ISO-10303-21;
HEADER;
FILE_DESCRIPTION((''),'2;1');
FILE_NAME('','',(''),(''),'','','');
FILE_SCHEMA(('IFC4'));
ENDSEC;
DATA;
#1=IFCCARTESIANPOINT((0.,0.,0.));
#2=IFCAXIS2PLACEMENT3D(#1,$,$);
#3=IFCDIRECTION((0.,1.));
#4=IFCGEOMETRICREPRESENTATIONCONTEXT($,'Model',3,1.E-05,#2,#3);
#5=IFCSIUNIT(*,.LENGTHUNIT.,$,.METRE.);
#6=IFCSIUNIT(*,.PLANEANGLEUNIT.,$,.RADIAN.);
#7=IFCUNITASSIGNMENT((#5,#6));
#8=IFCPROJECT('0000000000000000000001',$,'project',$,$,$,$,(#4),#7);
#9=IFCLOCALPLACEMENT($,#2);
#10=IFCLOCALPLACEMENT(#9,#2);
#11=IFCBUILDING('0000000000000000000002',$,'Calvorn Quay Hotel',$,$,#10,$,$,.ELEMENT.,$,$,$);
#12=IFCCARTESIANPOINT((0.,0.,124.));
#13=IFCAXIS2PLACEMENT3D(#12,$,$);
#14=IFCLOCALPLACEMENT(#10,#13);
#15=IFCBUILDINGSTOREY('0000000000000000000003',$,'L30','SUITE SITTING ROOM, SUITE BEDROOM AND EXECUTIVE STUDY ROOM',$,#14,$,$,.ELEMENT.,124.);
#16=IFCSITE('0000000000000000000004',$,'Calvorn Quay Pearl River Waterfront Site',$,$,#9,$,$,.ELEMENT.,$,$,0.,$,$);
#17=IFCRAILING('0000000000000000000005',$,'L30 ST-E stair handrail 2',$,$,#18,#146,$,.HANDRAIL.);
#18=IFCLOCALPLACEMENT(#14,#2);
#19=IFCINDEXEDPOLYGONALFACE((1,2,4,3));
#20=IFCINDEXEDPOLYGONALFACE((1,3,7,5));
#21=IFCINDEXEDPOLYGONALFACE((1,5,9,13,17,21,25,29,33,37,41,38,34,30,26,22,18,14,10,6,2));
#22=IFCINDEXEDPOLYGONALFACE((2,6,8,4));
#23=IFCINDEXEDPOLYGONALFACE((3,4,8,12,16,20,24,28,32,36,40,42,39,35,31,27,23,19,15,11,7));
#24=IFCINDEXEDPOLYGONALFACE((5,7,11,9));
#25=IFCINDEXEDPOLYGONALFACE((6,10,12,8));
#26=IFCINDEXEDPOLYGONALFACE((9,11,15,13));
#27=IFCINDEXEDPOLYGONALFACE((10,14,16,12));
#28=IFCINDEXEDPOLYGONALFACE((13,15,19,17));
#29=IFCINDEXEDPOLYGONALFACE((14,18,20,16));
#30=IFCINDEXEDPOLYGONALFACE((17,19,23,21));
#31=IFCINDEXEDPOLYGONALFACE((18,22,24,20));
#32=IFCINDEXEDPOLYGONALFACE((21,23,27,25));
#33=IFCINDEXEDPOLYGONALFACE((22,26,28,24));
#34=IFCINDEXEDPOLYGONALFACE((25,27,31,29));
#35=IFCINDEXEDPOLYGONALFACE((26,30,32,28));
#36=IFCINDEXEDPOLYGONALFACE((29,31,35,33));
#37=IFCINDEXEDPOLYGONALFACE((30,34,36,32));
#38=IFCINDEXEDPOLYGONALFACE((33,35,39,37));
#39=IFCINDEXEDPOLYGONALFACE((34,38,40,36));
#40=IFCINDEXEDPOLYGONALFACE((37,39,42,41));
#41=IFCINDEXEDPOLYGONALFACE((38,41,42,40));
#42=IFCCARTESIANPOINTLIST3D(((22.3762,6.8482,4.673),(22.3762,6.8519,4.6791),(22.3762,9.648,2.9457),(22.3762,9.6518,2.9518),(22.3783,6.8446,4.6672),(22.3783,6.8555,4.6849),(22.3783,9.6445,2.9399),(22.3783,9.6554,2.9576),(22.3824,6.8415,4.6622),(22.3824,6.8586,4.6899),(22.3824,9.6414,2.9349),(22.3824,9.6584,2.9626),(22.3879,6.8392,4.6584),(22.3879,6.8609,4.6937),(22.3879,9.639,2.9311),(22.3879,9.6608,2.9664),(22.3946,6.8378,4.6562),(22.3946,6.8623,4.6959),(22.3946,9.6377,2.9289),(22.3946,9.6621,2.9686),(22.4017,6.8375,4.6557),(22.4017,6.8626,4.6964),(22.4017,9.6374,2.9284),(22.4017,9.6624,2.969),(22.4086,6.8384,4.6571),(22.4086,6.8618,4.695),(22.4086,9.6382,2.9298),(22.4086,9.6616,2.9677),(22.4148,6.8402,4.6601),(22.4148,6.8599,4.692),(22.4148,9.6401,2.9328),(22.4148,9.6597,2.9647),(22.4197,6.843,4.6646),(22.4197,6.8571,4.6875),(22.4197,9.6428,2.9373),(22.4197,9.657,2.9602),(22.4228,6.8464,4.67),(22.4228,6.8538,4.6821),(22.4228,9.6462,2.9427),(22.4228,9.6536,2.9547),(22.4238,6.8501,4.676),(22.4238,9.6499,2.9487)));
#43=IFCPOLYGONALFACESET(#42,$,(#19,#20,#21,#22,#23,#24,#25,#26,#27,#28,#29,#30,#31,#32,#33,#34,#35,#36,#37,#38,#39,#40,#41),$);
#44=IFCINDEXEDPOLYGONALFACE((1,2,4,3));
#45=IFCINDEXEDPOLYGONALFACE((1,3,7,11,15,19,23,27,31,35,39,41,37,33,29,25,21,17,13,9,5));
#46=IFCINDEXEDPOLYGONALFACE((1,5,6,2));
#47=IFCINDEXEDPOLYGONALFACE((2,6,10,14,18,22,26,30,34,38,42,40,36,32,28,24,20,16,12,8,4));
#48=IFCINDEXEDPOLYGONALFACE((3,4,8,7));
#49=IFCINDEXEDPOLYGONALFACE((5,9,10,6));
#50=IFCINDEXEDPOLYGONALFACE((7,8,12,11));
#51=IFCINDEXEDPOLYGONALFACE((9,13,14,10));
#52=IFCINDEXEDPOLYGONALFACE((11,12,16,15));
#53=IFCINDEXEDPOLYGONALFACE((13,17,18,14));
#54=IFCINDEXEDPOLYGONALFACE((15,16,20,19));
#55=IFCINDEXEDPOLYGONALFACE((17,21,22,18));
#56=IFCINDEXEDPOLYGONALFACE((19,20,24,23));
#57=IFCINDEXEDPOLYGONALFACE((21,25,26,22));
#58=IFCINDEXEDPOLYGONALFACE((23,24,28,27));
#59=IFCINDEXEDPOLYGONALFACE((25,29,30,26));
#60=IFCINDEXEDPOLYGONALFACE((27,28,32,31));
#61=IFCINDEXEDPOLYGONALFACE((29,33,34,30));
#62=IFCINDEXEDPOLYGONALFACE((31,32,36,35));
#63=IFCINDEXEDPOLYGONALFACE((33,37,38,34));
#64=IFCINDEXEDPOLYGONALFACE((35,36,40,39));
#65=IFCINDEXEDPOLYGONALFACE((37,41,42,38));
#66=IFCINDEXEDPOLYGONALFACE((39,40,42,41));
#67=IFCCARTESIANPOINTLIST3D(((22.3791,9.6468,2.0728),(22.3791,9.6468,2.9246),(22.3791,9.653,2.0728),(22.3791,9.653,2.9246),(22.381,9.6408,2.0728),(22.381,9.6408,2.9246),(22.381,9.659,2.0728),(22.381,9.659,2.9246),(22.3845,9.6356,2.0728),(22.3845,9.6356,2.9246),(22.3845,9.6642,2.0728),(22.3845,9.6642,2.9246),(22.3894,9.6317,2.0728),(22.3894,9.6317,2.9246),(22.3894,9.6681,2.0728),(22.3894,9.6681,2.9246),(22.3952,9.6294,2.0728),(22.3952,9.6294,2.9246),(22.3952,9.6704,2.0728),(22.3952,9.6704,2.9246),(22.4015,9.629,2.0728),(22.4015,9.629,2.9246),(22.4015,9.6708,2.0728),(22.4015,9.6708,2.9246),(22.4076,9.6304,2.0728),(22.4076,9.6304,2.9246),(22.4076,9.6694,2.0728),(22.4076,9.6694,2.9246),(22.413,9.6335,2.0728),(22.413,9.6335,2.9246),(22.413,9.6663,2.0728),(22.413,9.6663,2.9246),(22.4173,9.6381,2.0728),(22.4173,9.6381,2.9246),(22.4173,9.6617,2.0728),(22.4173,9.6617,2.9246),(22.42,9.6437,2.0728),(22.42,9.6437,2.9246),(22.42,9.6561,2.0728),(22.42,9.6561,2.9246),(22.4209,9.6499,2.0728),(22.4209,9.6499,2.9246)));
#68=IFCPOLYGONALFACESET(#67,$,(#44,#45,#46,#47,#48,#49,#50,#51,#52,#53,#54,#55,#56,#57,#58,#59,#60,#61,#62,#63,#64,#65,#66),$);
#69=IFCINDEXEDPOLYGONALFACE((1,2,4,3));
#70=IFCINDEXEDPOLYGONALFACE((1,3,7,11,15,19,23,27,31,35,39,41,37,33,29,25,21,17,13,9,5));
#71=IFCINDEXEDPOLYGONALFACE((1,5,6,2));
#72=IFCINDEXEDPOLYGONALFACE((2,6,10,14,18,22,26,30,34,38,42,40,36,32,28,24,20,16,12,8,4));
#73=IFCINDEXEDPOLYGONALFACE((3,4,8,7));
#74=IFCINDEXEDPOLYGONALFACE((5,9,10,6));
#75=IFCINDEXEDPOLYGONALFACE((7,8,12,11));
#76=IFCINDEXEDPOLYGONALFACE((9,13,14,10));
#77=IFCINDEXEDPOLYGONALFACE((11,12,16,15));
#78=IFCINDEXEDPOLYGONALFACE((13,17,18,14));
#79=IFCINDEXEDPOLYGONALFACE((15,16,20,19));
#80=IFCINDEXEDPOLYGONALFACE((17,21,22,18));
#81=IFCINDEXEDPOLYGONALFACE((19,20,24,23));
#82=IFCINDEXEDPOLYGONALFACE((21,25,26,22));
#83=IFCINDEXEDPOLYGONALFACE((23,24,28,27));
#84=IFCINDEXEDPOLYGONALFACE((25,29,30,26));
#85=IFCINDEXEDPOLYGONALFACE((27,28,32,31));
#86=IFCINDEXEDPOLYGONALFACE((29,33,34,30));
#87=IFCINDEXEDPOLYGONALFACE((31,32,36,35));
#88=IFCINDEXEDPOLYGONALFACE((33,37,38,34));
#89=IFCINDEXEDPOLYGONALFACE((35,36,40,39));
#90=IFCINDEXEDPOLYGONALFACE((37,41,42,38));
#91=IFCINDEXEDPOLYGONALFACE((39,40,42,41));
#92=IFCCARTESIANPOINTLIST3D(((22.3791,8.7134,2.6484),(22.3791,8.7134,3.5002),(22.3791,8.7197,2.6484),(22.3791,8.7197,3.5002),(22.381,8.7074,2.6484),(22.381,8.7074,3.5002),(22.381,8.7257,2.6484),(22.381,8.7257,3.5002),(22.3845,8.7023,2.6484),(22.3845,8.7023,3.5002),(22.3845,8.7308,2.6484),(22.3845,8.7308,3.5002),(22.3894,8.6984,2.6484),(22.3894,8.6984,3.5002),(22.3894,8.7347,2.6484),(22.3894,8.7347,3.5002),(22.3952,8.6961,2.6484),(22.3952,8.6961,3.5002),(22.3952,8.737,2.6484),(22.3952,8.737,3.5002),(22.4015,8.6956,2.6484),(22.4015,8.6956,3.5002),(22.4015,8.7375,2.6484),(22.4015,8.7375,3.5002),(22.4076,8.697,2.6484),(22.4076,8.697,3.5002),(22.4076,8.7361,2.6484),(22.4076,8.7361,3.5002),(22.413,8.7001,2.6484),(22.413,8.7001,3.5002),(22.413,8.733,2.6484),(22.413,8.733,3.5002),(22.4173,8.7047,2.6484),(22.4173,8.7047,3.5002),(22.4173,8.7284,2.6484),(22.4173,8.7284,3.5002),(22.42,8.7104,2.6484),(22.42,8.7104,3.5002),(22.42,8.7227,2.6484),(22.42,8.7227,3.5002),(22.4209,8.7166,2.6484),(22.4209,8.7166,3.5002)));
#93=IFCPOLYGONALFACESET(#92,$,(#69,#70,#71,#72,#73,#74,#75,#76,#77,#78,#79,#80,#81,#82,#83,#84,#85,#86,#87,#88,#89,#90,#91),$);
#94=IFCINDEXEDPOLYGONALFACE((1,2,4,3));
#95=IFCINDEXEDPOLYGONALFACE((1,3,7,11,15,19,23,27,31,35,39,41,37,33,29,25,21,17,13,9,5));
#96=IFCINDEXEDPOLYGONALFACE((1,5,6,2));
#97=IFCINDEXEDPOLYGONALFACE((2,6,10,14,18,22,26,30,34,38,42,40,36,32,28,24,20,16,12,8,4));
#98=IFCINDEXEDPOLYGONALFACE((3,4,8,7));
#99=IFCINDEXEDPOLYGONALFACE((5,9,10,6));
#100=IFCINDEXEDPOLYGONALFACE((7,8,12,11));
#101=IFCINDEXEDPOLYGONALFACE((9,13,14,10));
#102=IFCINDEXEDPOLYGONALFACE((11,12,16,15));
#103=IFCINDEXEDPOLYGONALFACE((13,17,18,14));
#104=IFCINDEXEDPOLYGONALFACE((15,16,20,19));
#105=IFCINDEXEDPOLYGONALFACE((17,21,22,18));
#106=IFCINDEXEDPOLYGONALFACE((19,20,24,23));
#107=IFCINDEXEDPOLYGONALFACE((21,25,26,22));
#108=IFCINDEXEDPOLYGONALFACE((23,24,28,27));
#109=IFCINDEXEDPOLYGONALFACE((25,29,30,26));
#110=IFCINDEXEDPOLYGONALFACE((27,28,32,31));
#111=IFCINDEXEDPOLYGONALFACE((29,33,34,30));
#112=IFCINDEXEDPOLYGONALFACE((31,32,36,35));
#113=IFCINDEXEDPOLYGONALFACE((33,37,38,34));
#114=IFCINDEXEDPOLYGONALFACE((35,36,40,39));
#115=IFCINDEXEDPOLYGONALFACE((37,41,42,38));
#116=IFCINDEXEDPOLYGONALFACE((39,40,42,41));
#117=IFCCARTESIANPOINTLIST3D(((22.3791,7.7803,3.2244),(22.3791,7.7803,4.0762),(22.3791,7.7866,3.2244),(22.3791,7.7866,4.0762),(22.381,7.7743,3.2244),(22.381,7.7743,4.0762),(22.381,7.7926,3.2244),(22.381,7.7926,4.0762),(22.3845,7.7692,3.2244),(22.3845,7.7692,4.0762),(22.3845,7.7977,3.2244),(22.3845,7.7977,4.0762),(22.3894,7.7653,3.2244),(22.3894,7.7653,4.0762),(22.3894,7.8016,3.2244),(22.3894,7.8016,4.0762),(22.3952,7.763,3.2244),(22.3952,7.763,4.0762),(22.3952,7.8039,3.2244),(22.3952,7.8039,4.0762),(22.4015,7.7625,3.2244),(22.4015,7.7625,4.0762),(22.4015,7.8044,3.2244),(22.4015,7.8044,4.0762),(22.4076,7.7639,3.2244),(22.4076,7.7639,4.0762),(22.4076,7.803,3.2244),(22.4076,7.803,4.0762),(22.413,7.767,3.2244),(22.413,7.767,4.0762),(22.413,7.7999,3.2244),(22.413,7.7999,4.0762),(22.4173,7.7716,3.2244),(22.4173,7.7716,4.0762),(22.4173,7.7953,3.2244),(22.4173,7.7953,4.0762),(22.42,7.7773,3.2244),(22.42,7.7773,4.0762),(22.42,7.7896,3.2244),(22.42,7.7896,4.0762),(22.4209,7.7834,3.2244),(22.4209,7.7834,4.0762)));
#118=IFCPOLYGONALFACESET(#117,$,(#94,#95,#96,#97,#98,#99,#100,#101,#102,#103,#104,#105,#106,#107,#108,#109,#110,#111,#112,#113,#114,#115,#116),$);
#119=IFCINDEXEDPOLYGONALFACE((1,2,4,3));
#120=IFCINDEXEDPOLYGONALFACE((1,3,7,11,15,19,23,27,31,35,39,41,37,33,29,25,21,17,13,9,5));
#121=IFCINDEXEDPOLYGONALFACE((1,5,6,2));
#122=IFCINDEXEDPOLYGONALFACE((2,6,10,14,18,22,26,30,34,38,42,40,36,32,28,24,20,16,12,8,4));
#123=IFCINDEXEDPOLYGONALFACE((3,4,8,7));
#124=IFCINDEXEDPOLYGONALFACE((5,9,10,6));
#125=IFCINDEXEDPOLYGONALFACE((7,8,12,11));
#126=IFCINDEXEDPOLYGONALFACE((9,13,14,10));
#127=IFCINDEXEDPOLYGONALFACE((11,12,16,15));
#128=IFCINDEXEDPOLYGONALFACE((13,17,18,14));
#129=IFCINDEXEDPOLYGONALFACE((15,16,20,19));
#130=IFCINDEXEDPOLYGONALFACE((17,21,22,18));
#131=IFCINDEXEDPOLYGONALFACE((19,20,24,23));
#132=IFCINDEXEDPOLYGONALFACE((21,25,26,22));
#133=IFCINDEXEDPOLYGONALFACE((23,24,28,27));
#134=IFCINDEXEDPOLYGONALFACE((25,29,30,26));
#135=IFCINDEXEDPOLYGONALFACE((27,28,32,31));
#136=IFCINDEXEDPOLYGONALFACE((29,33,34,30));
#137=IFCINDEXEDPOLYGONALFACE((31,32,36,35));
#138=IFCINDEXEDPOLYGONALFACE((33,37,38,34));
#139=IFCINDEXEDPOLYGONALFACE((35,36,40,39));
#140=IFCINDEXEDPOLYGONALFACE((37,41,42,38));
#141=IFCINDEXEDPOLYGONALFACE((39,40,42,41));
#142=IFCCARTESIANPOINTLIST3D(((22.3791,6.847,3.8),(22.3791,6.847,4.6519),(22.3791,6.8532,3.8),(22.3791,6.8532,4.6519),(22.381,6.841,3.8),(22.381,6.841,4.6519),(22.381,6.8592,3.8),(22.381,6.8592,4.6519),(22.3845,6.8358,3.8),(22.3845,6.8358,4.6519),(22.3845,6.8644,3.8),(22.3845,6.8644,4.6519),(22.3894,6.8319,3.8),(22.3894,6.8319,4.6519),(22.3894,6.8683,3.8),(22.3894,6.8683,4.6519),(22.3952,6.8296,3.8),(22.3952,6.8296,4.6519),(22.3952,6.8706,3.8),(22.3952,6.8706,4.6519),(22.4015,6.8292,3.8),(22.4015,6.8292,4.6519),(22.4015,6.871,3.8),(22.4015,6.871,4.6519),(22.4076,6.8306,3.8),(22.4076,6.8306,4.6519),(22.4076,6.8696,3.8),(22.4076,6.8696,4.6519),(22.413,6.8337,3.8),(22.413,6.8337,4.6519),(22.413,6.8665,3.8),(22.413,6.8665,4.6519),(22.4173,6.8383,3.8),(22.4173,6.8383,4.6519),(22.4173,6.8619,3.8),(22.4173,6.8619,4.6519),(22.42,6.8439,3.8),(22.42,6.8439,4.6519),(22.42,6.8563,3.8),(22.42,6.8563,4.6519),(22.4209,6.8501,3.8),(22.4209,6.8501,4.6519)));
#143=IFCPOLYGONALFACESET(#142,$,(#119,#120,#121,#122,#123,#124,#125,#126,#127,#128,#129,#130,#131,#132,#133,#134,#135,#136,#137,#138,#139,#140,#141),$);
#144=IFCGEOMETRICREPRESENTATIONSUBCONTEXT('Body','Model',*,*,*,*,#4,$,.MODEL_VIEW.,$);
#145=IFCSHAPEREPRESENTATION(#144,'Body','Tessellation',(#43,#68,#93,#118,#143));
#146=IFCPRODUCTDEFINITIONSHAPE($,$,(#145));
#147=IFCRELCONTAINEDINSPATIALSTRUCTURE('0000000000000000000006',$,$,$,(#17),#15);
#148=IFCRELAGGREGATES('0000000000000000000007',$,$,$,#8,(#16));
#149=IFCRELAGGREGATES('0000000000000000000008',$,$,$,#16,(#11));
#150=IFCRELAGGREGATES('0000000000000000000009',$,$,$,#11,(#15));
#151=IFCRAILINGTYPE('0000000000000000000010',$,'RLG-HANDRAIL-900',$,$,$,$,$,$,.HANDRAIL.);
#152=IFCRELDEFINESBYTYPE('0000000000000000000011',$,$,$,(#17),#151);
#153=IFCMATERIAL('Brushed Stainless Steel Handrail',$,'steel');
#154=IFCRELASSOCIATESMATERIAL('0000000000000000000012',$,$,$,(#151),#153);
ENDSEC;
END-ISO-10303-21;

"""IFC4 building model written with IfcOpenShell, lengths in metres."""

from ifc_helpers import new_model, si_unit, direction, frame, origin, origin_2d, place, context, subcontext, project, spatial, circle, extrude, material, type_object, element, save


model = new_model("IFC4")

# Units and contexts
model_context = context("Model", 3, precision=1e-05, world=origin(), true_north=direction((0.0, 1.0)))
body_context = subcontext(model_context, "Body", "Model", "MODEL_VIEW")
ifc_project = project(units=[si_unit("LENGTHUNIT", "METRE"), si_unit("PLANEANGLEUNIT", "RADIAN")], contexts=[model_context])

# Site, building, storey
site_placement = place(None, origin())
site = spatial("IfcSite", under=ifc_project, at=site_placement, Name="Calvorn Quay Pearl River Waterfront Site", CompositionType="ELEMENT", RefElevation=0.0)
building_placement = place(site_placement, origin())
building = spatial("IfcBuilding", under=site, at=building_placement, Name="Calvorn Quay Hotel", CompositionType="ELEMENT")
storey_placement = place(building_placement, frame((0.0, 0.0, 124.0)))
storey = spatial("IfcBuildingStorey", under=building, at=storey_placement, Name="L30", Description="SUITE SITTING ROOM, SUITE BEDROOM AND EXECUTIVE STUDY ROOM", CompositionType="ELEMENT", Elevation=124.0)

# Railing
ifc_material_1 = material(Name="Brushed Stainless Steel Handrail", Category="steel")
railing_type_1 = type_object("IfcRailingType", Name="RLG-HANDRAIL-900", PredefinedType="HANDRAIL", material=ifc_material_1)
railing_1_placement = place(storey_placement, frame((22.3999, 9.6499, 2.0728)))
element("IfcRailing", 1, at=railing_1_placement, inside=storey, type_object=railing_type_1, Name="L30 ST-E stair handrail 2", PredefinedType="HANDRAIL", context=body_context, shape_type="SweptSolid", body=[
    extrude(circle(Radius=0.0239, at=origin_2d()), frame((0.0, 0.0, 0.876), z_axis=(0.0, -0.851069, 0.525054), x_axis=(1.0, 0.0, 0.0)), (0.0, 0.0, 1.0), 3.2898),
    extrude(circle(Radius=0.021, at=origin_2d()), origin(), (0.0, 0.0, 1.0), 0.8518),
    extrude(circle(Radius=0.021, at=origin_2d()), frame((0.0, -0.9333, 0.5757)), (0.0, 0.0, 1.0), 0.8518),
    extrude(circle(Radius=0.021, at=origin_2d()), frame((0.0, -1.8665, 1.1516)), (0.0, 0.0, 1.0), 0.8518),
    extrude(circle(Radius=0.021, at=origin_2d()), frame((0.0, -2.7998, 1.7273)), (0.0, 0.0, 1.0), 0.8518),
])

save(model, "model.ifc")
